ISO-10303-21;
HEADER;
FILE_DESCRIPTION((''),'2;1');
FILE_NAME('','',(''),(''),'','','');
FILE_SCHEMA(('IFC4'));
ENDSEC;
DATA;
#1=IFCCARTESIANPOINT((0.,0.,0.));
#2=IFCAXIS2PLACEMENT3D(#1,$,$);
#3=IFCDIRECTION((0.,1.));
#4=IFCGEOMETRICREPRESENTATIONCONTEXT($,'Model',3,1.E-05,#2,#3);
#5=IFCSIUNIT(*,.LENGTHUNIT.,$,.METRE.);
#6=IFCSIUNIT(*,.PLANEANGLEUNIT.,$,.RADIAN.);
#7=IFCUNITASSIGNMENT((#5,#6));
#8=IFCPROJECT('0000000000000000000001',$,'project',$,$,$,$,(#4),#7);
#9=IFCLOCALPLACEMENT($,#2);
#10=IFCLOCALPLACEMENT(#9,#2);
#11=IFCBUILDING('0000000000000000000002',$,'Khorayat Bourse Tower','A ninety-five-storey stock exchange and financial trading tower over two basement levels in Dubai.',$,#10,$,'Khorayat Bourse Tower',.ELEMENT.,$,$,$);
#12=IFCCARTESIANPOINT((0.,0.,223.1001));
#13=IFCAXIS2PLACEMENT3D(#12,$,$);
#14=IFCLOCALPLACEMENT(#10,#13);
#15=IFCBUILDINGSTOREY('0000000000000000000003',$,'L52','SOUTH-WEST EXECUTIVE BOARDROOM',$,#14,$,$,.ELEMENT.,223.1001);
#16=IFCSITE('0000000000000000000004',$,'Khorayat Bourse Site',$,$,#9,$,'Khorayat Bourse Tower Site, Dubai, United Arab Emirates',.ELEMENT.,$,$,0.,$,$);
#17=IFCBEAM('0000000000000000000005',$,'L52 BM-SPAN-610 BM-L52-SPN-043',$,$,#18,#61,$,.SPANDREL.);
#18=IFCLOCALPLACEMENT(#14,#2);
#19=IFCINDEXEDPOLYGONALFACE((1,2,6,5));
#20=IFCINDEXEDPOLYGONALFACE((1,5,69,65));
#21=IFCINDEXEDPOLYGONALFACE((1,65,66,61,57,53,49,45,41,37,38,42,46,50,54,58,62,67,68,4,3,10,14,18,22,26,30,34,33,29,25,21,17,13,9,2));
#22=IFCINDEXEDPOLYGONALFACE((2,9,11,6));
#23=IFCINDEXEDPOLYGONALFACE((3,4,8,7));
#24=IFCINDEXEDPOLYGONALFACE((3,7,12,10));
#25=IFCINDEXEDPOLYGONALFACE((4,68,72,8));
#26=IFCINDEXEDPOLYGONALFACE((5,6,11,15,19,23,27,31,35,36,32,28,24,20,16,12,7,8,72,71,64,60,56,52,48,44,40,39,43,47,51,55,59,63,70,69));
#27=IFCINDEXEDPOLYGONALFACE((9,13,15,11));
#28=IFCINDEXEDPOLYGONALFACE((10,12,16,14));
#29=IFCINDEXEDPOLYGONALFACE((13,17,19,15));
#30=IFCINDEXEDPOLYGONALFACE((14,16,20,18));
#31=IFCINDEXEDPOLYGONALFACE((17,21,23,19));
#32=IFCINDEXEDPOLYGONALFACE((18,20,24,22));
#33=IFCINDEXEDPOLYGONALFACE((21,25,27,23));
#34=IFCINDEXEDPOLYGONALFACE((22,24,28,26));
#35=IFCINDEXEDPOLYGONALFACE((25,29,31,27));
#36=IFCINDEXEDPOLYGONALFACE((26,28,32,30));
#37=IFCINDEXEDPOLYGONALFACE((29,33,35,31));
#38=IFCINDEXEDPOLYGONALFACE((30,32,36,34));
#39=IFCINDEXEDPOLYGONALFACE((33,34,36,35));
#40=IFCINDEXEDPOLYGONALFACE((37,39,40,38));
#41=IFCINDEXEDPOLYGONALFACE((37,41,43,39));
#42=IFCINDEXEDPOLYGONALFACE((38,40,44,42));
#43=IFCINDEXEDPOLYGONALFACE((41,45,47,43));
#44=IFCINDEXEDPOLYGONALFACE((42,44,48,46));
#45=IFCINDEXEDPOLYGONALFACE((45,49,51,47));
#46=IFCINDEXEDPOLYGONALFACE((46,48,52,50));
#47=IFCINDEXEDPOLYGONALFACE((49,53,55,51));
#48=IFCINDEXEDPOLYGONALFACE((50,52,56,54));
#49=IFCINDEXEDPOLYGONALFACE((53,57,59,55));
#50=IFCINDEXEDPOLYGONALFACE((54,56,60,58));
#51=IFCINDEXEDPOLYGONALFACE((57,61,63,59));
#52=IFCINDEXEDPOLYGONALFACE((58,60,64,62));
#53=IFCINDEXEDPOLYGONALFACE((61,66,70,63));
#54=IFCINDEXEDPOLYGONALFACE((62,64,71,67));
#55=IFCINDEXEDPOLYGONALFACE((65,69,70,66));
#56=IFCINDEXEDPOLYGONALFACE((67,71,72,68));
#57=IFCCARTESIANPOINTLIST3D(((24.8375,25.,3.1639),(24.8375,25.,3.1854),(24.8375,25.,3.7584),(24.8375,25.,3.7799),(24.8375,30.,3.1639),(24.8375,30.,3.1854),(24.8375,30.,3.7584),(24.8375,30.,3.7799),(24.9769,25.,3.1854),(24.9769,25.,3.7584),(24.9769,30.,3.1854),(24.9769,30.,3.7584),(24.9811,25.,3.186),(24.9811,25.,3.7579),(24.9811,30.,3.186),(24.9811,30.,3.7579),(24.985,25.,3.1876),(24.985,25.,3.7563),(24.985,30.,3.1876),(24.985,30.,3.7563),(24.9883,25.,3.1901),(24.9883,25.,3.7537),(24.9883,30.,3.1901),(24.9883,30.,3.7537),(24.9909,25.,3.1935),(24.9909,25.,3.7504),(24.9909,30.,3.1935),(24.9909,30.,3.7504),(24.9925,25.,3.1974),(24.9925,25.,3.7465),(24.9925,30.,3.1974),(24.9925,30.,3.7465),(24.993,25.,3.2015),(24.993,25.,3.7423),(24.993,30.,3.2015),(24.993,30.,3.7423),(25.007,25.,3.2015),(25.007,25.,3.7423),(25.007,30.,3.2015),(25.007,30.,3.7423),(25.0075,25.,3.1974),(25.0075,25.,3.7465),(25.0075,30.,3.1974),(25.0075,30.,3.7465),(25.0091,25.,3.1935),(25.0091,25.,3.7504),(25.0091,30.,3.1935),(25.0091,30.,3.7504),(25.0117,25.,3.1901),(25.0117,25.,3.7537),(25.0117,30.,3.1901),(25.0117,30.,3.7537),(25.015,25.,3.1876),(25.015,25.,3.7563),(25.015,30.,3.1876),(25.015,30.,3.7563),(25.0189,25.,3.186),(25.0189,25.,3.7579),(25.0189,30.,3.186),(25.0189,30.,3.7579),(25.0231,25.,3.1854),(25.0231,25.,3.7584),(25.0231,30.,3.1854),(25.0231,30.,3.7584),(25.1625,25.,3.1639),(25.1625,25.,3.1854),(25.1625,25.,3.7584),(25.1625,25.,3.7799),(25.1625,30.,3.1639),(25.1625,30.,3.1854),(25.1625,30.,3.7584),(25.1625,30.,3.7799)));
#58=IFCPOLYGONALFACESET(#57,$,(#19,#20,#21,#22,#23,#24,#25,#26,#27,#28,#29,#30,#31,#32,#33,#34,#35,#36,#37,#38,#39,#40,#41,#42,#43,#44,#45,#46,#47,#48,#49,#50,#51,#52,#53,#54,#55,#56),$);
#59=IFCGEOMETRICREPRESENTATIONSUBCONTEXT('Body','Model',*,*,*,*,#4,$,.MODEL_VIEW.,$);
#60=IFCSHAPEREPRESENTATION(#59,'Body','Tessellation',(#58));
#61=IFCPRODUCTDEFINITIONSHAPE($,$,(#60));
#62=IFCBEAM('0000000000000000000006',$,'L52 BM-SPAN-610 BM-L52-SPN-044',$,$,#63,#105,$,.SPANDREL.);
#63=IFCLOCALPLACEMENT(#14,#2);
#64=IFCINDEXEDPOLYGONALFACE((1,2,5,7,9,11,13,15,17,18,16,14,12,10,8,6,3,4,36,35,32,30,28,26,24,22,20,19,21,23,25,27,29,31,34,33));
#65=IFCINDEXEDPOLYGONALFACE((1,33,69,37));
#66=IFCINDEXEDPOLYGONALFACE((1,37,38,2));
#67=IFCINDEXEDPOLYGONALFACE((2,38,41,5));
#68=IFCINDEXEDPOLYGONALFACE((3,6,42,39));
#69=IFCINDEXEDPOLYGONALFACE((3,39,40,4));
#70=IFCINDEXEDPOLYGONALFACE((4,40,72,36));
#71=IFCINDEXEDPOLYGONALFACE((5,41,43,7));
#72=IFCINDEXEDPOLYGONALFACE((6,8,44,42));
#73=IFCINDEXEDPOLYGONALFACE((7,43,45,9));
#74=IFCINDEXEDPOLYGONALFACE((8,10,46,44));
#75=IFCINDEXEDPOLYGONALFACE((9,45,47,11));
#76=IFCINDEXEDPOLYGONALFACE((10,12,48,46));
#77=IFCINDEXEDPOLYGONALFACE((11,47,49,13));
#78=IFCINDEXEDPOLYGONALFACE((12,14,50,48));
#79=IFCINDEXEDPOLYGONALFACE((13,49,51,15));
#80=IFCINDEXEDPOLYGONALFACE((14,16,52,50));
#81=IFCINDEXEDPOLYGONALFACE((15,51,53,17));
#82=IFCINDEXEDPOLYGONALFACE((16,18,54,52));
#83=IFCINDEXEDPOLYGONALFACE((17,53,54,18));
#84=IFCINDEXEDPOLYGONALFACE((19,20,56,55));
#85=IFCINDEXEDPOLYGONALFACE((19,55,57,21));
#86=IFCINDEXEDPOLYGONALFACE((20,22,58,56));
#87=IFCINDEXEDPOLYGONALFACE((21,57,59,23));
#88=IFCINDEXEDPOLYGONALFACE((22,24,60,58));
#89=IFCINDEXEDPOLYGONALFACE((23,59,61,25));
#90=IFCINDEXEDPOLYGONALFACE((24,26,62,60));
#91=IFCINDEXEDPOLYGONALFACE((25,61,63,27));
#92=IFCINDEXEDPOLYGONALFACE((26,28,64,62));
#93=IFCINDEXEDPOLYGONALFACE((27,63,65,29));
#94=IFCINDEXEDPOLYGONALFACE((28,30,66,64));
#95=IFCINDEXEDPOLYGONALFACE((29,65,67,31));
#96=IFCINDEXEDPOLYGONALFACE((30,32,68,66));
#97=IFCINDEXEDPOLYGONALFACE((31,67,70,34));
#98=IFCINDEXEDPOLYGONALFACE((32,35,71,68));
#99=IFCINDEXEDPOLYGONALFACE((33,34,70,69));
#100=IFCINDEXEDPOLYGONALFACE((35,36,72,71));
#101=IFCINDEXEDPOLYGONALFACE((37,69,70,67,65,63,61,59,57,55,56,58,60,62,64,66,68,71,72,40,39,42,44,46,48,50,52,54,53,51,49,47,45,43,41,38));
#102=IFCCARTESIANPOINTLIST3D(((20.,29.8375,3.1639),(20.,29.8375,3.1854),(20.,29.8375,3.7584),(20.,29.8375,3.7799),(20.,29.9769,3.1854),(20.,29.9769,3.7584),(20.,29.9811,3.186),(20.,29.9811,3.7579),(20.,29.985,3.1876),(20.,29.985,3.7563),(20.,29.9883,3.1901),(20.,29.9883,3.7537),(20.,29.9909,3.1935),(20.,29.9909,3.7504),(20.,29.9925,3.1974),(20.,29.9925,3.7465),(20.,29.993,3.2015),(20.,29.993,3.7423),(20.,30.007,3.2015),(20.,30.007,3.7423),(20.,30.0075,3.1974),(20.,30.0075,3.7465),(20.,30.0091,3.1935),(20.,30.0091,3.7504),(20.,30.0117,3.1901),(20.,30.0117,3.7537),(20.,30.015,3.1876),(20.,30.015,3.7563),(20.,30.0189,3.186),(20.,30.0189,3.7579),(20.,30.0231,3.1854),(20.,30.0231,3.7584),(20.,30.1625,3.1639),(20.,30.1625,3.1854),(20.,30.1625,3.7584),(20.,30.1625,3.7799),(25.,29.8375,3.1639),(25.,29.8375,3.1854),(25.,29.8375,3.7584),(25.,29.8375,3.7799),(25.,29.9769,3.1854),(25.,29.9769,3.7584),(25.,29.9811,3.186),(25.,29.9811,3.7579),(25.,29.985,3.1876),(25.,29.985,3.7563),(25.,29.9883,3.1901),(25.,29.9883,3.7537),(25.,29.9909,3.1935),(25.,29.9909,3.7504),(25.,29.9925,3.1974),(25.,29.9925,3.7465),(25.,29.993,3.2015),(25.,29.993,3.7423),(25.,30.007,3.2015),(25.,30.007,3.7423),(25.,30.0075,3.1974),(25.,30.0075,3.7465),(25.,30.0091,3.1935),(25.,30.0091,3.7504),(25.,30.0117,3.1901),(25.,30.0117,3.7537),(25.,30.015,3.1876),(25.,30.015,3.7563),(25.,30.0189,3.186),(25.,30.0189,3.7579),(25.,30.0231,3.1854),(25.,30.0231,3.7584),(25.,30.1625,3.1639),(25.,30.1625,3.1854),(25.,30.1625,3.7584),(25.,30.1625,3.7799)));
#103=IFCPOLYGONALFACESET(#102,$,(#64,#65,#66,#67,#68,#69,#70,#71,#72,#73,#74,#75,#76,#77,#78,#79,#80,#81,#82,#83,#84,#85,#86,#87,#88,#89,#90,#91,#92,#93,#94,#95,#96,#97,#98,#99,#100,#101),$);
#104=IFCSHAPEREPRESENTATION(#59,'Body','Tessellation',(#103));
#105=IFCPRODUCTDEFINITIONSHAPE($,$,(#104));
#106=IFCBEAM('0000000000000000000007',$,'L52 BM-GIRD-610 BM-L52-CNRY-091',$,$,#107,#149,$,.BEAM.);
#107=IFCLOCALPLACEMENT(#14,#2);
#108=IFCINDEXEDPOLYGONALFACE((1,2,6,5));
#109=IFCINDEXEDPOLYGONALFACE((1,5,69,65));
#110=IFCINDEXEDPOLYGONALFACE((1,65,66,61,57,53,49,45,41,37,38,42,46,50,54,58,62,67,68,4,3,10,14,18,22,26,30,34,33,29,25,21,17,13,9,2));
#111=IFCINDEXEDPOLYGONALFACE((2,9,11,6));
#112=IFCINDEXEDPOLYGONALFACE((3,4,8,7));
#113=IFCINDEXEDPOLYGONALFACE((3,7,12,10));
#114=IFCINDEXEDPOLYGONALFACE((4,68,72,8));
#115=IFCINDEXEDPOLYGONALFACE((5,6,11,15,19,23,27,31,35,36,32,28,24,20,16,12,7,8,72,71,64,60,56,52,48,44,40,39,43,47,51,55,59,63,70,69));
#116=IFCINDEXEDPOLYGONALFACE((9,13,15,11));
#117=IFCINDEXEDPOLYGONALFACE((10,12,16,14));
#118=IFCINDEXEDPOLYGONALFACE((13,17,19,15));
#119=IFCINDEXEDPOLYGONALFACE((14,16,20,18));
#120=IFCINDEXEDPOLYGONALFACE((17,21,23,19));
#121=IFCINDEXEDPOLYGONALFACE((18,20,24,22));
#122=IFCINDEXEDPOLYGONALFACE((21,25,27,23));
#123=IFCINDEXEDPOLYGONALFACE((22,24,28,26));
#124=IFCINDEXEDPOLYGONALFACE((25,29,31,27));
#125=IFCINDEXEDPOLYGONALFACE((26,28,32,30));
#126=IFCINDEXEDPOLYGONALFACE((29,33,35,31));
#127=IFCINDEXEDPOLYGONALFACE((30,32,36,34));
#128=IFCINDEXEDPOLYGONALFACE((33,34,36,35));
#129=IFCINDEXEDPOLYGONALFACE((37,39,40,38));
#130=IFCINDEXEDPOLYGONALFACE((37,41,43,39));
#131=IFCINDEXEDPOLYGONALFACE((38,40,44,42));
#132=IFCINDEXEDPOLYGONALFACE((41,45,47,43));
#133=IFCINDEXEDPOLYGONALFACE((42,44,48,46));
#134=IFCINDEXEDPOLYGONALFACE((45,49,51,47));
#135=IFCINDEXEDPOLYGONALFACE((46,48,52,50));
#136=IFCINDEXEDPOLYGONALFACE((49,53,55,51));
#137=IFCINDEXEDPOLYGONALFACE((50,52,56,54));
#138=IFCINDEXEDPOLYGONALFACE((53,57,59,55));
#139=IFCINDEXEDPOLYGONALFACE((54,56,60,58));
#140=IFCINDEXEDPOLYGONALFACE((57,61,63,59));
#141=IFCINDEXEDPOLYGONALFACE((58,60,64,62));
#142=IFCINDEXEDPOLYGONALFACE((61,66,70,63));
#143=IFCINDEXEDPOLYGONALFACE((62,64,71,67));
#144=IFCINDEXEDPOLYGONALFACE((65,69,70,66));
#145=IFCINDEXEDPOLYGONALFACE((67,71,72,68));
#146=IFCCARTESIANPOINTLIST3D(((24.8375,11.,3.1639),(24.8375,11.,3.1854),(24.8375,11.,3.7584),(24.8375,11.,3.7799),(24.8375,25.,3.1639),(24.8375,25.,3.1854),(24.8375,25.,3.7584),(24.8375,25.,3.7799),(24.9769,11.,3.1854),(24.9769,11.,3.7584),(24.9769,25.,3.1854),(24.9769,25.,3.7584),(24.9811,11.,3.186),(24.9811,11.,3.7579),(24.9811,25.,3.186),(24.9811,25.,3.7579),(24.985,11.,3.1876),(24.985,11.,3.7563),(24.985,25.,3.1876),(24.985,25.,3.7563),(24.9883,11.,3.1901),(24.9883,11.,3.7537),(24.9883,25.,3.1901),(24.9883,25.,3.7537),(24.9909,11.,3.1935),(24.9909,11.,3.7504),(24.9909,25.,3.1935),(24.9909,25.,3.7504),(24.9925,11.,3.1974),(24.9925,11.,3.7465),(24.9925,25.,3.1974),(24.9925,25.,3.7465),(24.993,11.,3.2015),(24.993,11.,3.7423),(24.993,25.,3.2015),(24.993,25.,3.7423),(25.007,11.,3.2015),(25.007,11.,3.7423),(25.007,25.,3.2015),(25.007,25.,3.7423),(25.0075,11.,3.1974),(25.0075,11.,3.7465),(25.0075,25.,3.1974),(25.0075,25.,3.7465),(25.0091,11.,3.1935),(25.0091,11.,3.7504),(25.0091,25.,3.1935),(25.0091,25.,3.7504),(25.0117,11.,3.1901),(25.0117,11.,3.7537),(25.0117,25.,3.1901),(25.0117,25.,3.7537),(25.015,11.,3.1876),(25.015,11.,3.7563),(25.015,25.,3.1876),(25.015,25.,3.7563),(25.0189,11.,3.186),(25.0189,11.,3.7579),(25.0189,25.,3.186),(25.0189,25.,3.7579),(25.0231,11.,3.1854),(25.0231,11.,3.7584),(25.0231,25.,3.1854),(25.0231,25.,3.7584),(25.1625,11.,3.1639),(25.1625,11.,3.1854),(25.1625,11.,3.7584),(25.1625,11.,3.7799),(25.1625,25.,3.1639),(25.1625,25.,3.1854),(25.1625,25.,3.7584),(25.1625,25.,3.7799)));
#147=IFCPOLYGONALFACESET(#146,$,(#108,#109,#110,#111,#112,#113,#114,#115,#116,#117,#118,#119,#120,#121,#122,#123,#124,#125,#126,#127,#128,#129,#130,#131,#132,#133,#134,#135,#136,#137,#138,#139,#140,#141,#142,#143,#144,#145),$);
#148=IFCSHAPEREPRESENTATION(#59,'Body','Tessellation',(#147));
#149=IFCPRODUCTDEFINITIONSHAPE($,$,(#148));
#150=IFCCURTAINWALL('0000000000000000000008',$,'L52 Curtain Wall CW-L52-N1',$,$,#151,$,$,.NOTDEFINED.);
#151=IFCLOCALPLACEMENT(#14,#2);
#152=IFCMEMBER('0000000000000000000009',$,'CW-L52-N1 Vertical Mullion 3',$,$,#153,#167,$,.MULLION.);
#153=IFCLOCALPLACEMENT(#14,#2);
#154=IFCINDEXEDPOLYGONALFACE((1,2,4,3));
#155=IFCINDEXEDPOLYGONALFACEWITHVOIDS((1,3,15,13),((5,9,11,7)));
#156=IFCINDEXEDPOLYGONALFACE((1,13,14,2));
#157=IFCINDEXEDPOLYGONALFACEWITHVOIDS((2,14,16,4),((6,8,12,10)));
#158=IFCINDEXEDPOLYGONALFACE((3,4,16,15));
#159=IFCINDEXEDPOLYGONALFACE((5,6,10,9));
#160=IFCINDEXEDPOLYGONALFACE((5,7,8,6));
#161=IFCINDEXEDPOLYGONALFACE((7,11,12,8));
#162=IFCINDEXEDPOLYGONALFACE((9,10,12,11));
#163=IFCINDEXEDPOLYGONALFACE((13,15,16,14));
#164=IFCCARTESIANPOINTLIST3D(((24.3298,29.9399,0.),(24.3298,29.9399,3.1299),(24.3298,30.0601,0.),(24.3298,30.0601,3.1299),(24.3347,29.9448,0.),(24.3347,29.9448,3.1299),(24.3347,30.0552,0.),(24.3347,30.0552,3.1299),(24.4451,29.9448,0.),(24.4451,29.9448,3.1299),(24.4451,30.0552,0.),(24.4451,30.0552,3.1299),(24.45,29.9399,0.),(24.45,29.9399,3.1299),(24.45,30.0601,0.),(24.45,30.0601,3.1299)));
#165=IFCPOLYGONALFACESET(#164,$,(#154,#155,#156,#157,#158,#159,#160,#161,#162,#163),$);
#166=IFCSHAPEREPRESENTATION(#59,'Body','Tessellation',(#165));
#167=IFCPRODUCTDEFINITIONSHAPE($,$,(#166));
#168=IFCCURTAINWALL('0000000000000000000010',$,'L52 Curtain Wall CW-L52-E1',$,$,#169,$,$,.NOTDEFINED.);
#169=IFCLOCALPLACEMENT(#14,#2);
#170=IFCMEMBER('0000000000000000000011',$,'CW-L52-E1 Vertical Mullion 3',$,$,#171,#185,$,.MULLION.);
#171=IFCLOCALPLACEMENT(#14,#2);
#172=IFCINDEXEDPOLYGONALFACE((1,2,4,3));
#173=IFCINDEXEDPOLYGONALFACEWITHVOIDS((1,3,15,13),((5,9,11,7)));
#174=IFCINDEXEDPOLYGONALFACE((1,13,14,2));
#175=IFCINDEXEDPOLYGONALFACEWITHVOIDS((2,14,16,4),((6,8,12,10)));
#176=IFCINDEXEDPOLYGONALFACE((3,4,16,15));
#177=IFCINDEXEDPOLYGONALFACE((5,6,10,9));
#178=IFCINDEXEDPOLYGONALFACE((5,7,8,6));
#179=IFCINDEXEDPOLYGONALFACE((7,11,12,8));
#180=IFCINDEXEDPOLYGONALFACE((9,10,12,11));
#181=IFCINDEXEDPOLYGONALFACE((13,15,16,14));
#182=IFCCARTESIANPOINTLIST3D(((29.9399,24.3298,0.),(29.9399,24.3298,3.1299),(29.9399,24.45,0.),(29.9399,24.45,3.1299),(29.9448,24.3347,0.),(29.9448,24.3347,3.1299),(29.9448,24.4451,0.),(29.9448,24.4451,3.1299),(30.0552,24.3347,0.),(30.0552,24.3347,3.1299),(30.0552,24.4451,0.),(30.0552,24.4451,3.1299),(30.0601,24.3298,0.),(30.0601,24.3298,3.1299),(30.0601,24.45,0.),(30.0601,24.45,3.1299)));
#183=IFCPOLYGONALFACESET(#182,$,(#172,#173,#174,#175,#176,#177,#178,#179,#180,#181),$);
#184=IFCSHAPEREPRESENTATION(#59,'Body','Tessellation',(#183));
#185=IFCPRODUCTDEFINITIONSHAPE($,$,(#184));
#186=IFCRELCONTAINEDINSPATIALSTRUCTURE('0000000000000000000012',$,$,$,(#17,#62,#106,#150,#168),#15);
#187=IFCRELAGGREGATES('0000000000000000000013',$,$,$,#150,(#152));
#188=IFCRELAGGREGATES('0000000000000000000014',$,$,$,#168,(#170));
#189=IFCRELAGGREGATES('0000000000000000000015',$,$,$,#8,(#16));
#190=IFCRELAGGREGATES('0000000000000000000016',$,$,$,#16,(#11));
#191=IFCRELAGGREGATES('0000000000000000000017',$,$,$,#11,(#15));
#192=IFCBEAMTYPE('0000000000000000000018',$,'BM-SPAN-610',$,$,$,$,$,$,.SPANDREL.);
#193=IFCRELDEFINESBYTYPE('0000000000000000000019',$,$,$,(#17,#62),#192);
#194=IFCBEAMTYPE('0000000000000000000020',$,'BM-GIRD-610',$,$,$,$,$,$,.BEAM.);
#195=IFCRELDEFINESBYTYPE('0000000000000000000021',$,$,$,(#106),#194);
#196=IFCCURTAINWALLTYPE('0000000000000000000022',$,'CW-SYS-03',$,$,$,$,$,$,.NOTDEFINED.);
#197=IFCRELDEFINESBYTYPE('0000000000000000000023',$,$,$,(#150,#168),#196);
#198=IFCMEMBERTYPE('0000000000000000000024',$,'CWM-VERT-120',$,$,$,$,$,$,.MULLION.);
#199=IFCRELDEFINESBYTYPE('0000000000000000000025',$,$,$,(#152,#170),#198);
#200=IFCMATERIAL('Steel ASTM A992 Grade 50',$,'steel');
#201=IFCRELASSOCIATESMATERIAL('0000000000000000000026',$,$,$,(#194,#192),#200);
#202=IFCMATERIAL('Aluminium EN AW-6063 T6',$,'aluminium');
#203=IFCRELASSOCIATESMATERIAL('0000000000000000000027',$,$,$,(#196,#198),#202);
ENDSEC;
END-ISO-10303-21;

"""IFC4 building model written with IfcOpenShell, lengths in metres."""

from ifc_helpers import new_model, si_unit, direction, frame, origin, origin_2d, place, context, subcontext, project, spatial, hollow_rectangle, i_section, extrude, source, transform, mapped, material, material_profile, profile_set, type_object, element, aggregate, save


model = new_model("IFC4")

# Units and contexts
model_context = context("Model", 3, precision=1e-05, world=origin(), true_north=direction((0.0, 1.0)))
body_context = subcontext(model_context, "Body", "Model", "MODEL_VIEW")
ifc_project = project(units=[si_unit("LENGTHUNIT", "METRE"), si_unit("PLANEANGLEUNIT", "RADIAN")], contexts=[model_context])

# Site, building, storey
site_placement = place(None, origin())
site = spatial("IfcSite", under=ifc_project, at=site_placement, Name="Khorayat Bourse Site", LongName="Khorayat Bourse Tower Site, Dubai, United Arab Emirates", CompositionType="ELEMENT", RefElevation=0.0)
building_placement = place(site_placement, origin())
building = spatial("IfcBuilding", under=site, at=building_placement, Name="Khorayat Bourse Tower", Description="A ninety-five-storey stock exchange and financial trading tower over two basement levels in Dubai.", LongName="Khorayat Bourse Tower", CompositionType="ELEMENT")
storey_placement = place(building_placement, frame((0.0, 0.0, 223.1001)))
storey = spatial("IfcBuildingStorey", under=building, at=storey_placement, Name="L52", Description="SOUTH-WEST EXECUTIVE BOARDROOM", CompositionType="ELEMENT", Elevation=223.1001)

# Beams
ifc_material_1 = material(Name="Steel ASTM A992 Grade 50", Category="steel")
ifc_material_profile_1 = material_profile(ifc_material_1, i_section(OverallWidth=0.325, OverallDepth=0.616, WebThickness=0.0139, FlangeThickness=0.0215, FilletRadius=0.0161, at=origin_2d()), Name="W610X174")
ifc_profile_set_1 = profile_set([ifc_material_profile_1], Name="Steel ASTM A992 Grade 50")
beam_type_1 = type_object("IfcBeamType", Name="BM-GIRD-610", PredefinedType="BEAM", material=ifc_profile_set_1)
ifc_material_profile_2 = material_profile(ifc_material_1, i_section(OverallWidth=0.325, OverallDepth=0.616, WebThickness=0.0139, FlangeThickness=0.0215, FilletRadius=0.0161, at=origin_2d()), Name="W610X174")
ifc_profile_set_2 = profile_set([ifc_material_profile_2], Name="Steel ASTM A992 Grade 50")
beam_type_2 = type_object("IfcBeamType", Name="BM-SPAN-610", PredefinedType="SPANDREL", material=ifc_profile_set_2)
shared_shape_1 = source(origin(), body_context, "Body", "SweptSolid", [
    extrude(i_section(OverallWidth=0.325, OverallDepth=0.616, WebThickness=0.0139, FlangeThickness=0.0215, FilletRadius=0.0161, at=origin_2d()), origin(), (0.0, 0.0, 1.0), 5.0),
])
for number, where, z_axis, x_axis, name in (
    (1, (25.0, 25.0, 3.4719), (0.0, 1.0, 0.0), (-1.0, 0.0, 0.0), "L52 BM-SPAN-610 BM-L52-SPN-043"),
    (2, (20.0, 30.0, 3.4719), (1.0, 0.0, 0.0), (0.0, 1.0, 0.0), "L52 BM-SPAN-610 BM-L52-SPN-044"),
):
    element("IfcBeam", number, at=place(storey_placement, frame(where, z_axis=z_axis, x_axis=x_axis)), inside=storey, type_object=beam_type_2, Name=name, PredefinedType="SPANDREL", context=body_context, shape_type="MappedRepresentation", body=[
        mapped(shared_shape_1, transform((0.0, 0.0, 0.0), scale=1.0)),
    ])
shared_shape_2 = source(origin(), body_context, "Body", "SweptSolid", [
    extrude(i_section(OverallWidth=0.325, OverallDepth=0.616, WebThickness=0.0139, FlangeThickness=0.0215, FilletRadius=0.0161, at=origin_2d()), origin(), (0.0, 0.0, 1.0), 14.0),
])
beam_1_placement = place(storey_placement, frame((25.0, 11.0, 3.4719), z_axis=(0.0, 1.0, 0.0), x_axis=(-1.0, 0.0, 0.0)))
element("IfcBeam", 3, at=beam_1_placement, inside=storey, type_object=beam_type_1, Name="L52 BM-GIRD-610 BM-L52-CNRY-091", PredefinedType="BEAM", context=body_context, shape_type="MappedRepresentation", body=[
    mapped(shared_shape_2, transform((0.0, 0.0, 0.0), scale=1.0)),
])

# Curtain wall, member
ifc_material_2 = material(Name="Aluminium EN AW-6063 T6", Category="aluminium")
curtain_wall_type = type_object("IfcCurtainWallType", Name="CW-SYS-03", PredefinedType="NOTDEFINED", material=ifc_material_2)
curtain_wall_1_placement = place(storey_placement, origin())
curtain_wall_1 = element("IfcCurtainWall", 4, at=curtain_wall_1_placement, inside=storey, type_object=curtain_wall_type, Name="L52 Curtain Wall CW-L52-N1", PredefinedType="NOTDEFINED")
ifc_material_profile_3 = material_profile(ifc_material_2, hollow_rectangle(XDim=0.1201, YDim=0.1201, WallThickness=0.0049, at=origin_2d()), Name="ALU 120x120x5")
ifc_profile_set_3 = profile_set([ifc_material_profile_3], Name="Aluminium EN AW-6063 T6")
member_type_1 = type_object("IfcMemberType", Name="CWM-VERT-120", PredefinedType="MULLION", material=ifc_profile_set_3)
shared_shape_3 = source(origin(), body_context, "Body", "SweptSolid", [
    extrude(hollow_rectangle(XDim=0.1201, YDim=0.1201, WallThickness=0.0049, at=origin_2d()), origin(), (0.0, 0.0, 1.0), 3.1299),
])
member_1_placement = place(storey_placement, frame((24.3899, 30.0, 0.0), z_axis=(0.0, 0.0, 1.0), x_axis=(0.0, 1.0, 0.0)))
member_1 = element("IfcMember", 5, at=member_1_placement, type_object=member_type_1, Name="CW-L52-N1 Vertical Mullion 3", PredefinedType="MULLION", context=body_context, shape_type="MappedRepresentation", body=[
    mapped(shared_shape_3, transform((0.0, 0.0, 0.0), scale=1.0)),
])
aggregate(curtain_wall_1, [member_1])

# Curtain wall, member
curtain_wall_2_placement = place(storey_placement, origin())
curtain_wall_2 = element("IfcCurtainWall", 6, at=curtain_wall_2_placement, inside=storey, type_object=curtain_wall_type, Name="L52 Curtain Wall CW-L52-E1", PredefinedType="NOTDEFINED")
member_2_placement = place(storey_placement, frame((30.0, 24.3899, 0.0), z_axis=(0.0, 0.0, 1.0), x_axis=(-1.0, 0.0, 0.0)))
member_2 = element("IfcMember", 7, at=member_2_placement, type_object=member_type_1, Name="CW-L52-E1 Vertical Mullion 3", PredefinedType="MULLION", context=body_context, shape_type="MappedRepresentation", body=[
    mapped(shared_shape_3, transform((0.0, 0.0, 0.0), scale=1.0)),
])

aggregate(curtain_wall_2, [member_2])

save(model, "model.ifc")
